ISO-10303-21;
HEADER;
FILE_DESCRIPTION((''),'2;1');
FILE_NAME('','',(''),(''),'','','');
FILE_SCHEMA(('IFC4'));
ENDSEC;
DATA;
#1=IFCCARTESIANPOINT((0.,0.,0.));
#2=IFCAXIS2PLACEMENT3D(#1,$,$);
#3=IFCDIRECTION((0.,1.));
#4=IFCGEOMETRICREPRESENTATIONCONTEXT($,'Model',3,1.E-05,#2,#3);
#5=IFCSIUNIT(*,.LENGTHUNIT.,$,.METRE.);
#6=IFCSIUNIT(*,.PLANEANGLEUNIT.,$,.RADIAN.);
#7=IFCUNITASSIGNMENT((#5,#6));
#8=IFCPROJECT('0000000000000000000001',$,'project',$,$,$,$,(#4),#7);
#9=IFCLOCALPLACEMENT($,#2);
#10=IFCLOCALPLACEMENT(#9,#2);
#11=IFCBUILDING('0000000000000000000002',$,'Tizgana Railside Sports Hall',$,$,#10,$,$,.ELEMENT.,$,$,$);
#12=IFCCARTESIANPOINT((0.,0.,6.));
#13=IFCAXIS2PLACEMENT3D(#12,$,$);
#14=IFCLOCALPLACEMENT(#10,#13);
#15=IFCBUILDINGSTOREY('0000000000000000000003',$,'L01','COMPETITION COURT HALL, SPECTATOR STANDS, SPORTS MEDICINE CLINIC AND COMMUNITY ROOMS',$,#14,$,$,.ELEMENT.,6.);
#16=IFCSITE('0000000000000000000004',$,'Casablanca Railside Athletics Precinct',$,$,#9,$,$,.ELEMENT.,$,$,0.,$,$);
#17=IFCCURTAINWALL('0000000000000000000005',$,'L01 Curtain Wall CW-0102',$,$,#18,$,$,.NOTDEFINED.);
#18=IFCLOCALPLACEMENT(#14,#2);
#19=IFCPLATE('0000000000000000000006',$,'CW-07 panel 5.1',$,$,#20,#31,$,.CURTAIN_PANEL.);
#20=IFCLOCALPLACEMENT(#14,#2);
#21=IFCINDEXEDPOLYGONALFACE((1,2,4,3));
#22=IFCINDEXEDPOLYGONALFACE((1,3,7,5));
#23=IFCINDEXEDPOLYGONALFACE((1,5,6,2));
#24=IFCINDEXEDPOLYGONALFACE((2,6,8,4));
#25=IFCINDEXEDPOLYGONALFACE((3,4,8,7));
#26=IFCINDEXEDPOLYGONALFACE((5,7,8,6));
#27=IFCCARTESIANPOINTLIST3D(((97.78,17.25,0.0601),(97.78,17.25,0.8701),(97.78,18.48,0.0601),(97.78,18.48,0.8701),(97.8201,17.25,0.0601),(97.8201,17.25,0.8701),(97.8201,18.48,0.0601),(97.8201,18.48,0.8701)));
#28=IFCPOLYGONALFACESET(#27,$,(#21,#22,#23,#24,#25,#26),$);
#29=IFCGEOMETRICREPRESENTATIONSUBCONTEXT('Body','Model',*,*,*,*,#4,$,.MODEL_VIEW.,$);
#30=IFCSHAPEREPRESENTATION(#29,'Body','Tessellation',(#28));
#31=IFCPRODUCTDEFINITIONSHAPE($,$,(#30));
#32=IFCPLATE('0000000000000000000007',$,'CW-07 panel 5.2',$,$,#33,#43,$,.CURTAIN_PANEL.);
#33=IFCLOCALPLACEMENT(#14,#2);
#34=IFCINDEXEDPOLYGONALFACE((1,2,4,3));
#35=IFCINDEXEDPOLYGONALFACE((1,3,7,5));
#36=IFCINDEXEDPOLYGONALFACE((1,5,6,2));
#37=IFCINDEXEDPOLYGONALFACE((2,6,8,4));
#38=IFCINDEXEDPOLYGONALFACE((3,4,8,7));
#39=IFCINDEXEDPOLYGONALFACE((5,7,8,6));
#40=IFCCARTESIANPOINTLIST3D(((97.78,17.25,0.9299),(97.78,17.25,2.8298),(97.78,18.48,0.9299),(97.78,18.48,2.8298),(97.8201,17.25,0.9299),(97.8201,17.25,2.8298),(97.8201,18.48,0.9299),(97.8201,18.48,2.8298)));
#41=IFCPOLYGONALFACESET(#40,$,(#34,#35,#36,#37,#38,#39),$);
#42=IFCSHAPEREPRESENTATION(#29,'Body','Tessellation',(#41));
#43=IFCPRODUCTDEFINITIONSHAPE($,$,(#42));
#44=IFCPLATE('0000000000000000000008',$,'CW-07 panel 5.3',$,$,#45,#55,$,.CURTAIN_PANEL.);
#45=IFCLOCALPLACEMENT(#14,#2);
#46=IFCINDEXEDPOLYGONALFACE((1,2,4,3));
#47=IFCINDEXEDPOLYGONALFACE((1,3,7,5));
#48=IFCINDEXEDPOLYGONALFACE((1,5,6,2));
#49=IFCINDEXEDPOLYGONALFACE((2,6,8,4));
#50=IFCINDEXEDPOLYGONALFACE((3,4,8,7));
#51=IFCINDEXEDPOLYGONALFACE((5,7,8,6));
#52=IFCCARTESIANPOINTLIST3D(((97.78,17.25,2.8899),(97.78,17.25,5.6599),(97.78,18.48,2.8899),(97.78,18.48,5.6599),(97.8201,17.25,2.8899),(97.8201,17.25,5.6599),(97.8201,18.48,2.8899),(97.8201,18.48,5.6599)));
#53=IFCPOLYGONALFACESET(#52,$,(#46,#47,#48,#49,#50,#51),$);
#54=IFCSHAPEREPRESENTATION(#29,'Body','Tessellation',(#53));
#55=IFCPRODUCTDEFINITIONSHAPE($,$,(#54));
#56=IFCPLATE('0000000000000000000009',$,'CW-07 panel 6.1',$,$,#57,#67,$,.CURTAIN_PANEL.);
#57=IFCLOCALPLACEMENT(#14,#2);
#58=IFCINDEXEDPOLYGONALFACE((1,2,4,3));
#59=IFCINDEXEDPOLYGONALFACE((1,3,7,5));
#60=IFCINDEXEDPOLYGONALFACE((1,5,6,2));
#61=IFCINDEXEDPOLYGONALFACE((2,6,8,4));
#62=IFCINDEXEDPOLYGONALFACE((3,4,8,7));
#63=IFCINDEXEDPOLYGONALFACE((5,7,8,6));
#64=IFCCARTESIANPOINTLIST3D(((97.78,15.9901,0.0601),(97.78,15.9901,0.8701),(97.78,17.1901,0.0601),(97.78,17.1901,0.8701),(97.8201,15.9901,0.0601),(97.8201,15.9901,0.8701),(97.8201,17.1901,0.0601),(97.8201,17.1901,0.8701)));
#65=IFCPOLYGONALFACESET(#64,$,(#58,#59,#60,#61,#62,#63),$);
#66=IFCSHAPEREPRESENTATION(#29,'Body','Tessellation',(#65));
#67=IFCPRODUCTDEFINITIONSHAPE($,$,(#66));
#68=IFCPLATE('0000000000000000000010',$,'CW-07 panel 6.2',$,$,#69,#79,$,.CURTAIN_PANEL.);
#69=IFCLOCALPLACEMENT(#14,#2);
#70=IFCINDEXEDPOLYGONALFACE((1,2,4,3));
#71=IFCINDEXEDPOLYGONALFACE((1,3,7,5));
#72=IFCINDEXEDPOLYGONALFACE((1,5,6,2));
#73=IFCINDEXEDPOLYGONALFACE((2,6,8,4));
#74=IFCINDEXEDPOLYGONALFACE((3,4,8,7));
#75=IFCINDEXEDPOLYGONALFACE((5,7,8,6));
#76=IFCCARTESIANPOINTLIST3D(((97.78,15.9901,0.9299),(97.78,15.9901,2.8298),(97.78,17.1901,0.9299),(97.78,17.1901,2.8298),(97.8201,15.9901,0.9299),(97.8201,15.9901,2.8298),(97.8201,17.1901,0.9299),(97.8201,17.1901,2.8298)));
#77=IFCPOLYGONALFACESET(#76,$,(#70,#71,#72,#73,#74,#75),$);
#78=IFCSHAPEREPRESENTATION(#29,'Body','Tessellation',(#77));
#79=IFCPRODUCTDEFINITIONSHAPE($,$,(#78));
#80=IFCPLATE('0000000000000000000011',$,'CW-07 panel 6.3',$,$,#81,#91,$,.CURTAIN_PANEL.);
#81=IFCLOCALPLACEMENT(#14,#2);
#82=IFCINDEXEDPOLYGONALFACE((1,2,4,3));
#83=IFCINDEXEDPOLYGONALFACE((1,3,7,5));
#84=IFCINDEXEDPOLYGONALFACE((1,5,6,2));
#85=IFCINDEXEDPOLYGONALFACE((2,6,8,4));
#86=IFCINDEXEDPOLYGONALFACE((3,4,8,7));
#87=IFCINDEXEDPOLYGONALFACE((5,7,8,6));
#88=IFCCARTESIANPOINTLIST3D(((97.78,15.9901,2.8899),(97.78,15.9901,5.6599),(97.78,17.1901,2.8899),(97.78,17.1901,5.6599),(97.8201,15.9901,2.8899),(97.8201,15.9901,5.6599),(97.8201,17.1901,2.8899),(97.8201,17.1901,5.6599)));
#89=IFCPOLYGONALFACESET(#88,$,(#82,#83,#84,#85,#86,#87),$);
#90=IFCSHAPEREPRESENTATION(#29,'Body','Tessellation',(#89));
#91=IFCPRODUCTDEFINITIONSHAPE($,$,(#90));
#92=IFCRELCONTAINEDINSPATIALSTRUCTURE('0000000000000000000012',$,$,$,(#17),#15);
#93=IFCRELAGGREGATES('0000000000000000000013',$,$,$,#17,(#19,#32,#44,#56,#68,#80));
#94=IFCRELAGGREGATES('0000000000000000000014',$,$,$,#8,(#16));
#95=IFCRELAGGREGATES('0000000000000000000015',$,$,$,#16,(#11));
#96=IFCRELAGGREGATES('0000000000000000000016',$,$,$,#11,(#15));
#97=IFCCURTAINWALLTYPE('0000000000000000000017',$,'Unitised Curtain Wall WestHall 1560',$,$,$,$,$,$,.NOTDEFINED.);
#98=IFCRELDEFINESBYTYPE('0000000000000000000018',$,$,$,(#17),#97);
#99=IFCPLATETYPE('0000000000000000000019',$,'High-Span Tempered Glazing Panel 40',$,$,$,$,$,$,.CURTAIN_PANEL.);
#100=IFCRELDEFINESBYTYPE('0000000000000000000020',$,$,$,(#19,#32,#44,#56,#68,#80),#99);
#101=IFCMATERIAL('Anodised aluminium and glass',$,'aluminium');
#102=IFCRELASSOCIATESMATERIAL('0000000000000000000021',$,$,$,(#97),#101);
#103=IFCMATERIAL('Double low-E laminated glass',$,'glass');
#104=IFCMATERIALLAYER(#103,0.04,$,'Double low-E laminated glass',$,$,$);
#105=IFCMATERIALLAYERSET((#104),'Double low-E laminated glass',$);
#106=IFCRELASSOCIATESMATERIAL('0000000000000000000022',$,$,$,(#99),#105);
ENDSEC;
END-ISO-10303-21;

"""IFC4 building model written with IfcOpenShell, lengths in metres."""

from ifc_helpers import new_model, si_unit, direction, frame, origin, origin_2d, place, context, subcontext, project, spatial, rectangle, extrude, material, layer, layer_set, type_object, element, aggregate, save


model = new_model("IFC4")

# Units and contexts
model_context = context("Model", 3, precision=1e-05, world=origin(), true_north=direction((0.0, 1.0)))
body_context = subcontext(model_context, "Body", "Model", "MODEL_VIEW")
ifc_project = project(units=[si_unit("LENGTHUNIT", "METRE"), si_unit("PLANEANGLEUNIT", "RADIAN")], contexts=[model_context])

# Site, building, storey
site_placement = place(None, origin())
site = spatial("IfcSite", under=ifc_project, at=site_placement, Name="Casablanca Railside Athletics Precinct", CompositionType="ELEMENT", RefElevation=0.0)
building_placement = place(site_placement, origin())
building = spatial("IfcBuilding", under=site, at=building_placement, Name="Tizgana Railside Sports Hall", CompositionType="ELEMENT")
storey_placement = place(building_placement, frame((0.0, 0.0, 6.0)))
storey = spatial("IfcBuildingStorey", under=building, at=storey_placement, Name="L01", Description="COMPETITION COURT HALL, SPECTATOR STANDS, SPORTS MEDICINE CLINIC AND COMMUNITY ROOMS", CompositionType="ELEMENT", Elevation=6.0)

# Curtain wall
ifc_material_1 = material(Name="Anodised aluminium and glass", Category="aluminium")
curtain_wall_type = type_object("IfcCurtainWallType", Name="Unitised Curtain Wall WestHall 1560", PredefinedType="NOTDEFINED", material=ifc_material_1)
curtain_wall_placement = place(storey_placement, origin())
curtain_wall = element("IfcCurtainWall", 1, at=curtain_wall_placement, inside=storey, type_object=curtain_wall_type, Name="L01 Curtain Wall CW-0102", PredefinedType="NOTDEFINED")

# Plates
ifc_material_2 = material(Name="Double low-E laminated glass", Category="glass")
ifc_layer = layer(ifc_material_2, 0.04, Name="Double low-E laminated glass")
ifc_layer_set = layer_set([ifc_layer], Name="Double low-E laminated glass")
plate_type = type_object("IfcPlateType", Name="High-Span Tempered Glazing Panel 40", PredefinedType="CURTAIN_PANEL", material=ifc_layer_set)
plate_1_placement = place(storey_placement, frame((97.8, 17.865, 0.0601), z_axis=(0.0, 0.0, 1.0), x_axis=(0.0, -1.0, 0.0)))
plate_1 = element("IfcPlate", 2, at=plate_1_placement, type_object=plate_type, Name="CW-07 panel 5.1", PredefinedType="CURTAIN_PANEL", context=body_context, shape_type="SweptSolid", body=[
    extrude(rectangle(XDim=1.23, YDim=0.04, at=origin_2d()), origin(), (0.0, 0.0, 1.0), 0.8101),
])
plate_2_placement = place(storey_placement, frame((97.8, 17.865, 0.9299), z_axis=(0.0, 0.0, 1.0), x_axis=(0.0, -1.0, 0.0)))
plate_2 = element("IfcPlate", 3, at=plate_2_placement, type_object=plate_type, Name="CW-07 panel 5.2", PredefinedType="CURTAIN_PANEL", context=body_context, shape_type="SweptSolid", body=[
    extrude(rectangle(XDim=1.23, YDim=0.04, at=origin_2d()), origin(), (0.0, 0.0, 1.0), 1.8999),
])
plate_3_placement = place(storey_placement, frame((97.8, 17.865, 2.8899), z_axis=(0.0, 0.0, 1.0), x_axis=(0.0, -1.0, 0.0)))
plate_3 = element("IfcPlate", 4, at=plate_3_placement, type_object=plate_type, Name="CW-07 panel 5.3", PredefinedType="CURTAIN_PANEL", context=body_context, shape_type="SweptSolid", body=[
    extrude(rectangle(XDim=1.23, YDim=0.04, at=origin_2d()), origin(), (0.0, 0.0, 1.0), 2.77),
])
plate_4_placement = place(storey_placement, frame((97.8, 16.5901, 0.0601), z_axis=(0.0, 0.0, 1.0), x_axis=(0.0, -1.0, 0.0)))
plate_4 = element("IfcPlate", 5, at=plate_4_placement, type_object=plate_type, Name="CW-07 panel 6.1", PredefinedType="CURTAIN_PANEL", context=body_context, shape_type="SweptSolid", body=[
    extrude(rectangle(XDim=1.2, YDim=0.04, at=origin_2d()), origin(), (0.0, 0.0, 1.0), 0.8101),
])
plate_5_placement = place(storey_placement, frame((97.8, 16.5901, 0.9299), z_axis=(0.0, 0.0, 1.0), x_axis=(0.0, -1.0, 0.0)))
plate_5 = element("IfcPlate", 6, at=plate_5_placement, type_object=plate_type, Name="CW-07 panel 6.2", PredefinedType="CURTAIN_PANEL", context=body_context, shape_type="SweptSolid", body=[
    extrude(rectangle(XDim=1.2, YDim=0.04, at=origin_2d()), origin(), (0.0, 0.0, 1.0), 1.8999),
])
plate_6_placement = place(storey_placement, frame((97.8, 16.5901, 2.8899), z_axis=(0.0, 0.0, 1.0), x_axis=(0.0, -1.0, 0.0)))
plate_6 = element("IfcPlate", 7, at=plate_6_placement, type_object=plate_type, Name="CW-07 panel 6.3", PredefinedType="CURTAIN_PANEL", context=body_context, shape_type="SweptSolid", body=[
    extrude(rectangle(XDim=1.2, YDim=0.04, at=origin_2d()), origin(), (0.0, 0.0, 1.0), 2.77),
])
aggregate(curtain_wall, [plate_1, plate_2, plate_3, plate_4, plate_5, plate_6])

save(model, "model.ifc")
